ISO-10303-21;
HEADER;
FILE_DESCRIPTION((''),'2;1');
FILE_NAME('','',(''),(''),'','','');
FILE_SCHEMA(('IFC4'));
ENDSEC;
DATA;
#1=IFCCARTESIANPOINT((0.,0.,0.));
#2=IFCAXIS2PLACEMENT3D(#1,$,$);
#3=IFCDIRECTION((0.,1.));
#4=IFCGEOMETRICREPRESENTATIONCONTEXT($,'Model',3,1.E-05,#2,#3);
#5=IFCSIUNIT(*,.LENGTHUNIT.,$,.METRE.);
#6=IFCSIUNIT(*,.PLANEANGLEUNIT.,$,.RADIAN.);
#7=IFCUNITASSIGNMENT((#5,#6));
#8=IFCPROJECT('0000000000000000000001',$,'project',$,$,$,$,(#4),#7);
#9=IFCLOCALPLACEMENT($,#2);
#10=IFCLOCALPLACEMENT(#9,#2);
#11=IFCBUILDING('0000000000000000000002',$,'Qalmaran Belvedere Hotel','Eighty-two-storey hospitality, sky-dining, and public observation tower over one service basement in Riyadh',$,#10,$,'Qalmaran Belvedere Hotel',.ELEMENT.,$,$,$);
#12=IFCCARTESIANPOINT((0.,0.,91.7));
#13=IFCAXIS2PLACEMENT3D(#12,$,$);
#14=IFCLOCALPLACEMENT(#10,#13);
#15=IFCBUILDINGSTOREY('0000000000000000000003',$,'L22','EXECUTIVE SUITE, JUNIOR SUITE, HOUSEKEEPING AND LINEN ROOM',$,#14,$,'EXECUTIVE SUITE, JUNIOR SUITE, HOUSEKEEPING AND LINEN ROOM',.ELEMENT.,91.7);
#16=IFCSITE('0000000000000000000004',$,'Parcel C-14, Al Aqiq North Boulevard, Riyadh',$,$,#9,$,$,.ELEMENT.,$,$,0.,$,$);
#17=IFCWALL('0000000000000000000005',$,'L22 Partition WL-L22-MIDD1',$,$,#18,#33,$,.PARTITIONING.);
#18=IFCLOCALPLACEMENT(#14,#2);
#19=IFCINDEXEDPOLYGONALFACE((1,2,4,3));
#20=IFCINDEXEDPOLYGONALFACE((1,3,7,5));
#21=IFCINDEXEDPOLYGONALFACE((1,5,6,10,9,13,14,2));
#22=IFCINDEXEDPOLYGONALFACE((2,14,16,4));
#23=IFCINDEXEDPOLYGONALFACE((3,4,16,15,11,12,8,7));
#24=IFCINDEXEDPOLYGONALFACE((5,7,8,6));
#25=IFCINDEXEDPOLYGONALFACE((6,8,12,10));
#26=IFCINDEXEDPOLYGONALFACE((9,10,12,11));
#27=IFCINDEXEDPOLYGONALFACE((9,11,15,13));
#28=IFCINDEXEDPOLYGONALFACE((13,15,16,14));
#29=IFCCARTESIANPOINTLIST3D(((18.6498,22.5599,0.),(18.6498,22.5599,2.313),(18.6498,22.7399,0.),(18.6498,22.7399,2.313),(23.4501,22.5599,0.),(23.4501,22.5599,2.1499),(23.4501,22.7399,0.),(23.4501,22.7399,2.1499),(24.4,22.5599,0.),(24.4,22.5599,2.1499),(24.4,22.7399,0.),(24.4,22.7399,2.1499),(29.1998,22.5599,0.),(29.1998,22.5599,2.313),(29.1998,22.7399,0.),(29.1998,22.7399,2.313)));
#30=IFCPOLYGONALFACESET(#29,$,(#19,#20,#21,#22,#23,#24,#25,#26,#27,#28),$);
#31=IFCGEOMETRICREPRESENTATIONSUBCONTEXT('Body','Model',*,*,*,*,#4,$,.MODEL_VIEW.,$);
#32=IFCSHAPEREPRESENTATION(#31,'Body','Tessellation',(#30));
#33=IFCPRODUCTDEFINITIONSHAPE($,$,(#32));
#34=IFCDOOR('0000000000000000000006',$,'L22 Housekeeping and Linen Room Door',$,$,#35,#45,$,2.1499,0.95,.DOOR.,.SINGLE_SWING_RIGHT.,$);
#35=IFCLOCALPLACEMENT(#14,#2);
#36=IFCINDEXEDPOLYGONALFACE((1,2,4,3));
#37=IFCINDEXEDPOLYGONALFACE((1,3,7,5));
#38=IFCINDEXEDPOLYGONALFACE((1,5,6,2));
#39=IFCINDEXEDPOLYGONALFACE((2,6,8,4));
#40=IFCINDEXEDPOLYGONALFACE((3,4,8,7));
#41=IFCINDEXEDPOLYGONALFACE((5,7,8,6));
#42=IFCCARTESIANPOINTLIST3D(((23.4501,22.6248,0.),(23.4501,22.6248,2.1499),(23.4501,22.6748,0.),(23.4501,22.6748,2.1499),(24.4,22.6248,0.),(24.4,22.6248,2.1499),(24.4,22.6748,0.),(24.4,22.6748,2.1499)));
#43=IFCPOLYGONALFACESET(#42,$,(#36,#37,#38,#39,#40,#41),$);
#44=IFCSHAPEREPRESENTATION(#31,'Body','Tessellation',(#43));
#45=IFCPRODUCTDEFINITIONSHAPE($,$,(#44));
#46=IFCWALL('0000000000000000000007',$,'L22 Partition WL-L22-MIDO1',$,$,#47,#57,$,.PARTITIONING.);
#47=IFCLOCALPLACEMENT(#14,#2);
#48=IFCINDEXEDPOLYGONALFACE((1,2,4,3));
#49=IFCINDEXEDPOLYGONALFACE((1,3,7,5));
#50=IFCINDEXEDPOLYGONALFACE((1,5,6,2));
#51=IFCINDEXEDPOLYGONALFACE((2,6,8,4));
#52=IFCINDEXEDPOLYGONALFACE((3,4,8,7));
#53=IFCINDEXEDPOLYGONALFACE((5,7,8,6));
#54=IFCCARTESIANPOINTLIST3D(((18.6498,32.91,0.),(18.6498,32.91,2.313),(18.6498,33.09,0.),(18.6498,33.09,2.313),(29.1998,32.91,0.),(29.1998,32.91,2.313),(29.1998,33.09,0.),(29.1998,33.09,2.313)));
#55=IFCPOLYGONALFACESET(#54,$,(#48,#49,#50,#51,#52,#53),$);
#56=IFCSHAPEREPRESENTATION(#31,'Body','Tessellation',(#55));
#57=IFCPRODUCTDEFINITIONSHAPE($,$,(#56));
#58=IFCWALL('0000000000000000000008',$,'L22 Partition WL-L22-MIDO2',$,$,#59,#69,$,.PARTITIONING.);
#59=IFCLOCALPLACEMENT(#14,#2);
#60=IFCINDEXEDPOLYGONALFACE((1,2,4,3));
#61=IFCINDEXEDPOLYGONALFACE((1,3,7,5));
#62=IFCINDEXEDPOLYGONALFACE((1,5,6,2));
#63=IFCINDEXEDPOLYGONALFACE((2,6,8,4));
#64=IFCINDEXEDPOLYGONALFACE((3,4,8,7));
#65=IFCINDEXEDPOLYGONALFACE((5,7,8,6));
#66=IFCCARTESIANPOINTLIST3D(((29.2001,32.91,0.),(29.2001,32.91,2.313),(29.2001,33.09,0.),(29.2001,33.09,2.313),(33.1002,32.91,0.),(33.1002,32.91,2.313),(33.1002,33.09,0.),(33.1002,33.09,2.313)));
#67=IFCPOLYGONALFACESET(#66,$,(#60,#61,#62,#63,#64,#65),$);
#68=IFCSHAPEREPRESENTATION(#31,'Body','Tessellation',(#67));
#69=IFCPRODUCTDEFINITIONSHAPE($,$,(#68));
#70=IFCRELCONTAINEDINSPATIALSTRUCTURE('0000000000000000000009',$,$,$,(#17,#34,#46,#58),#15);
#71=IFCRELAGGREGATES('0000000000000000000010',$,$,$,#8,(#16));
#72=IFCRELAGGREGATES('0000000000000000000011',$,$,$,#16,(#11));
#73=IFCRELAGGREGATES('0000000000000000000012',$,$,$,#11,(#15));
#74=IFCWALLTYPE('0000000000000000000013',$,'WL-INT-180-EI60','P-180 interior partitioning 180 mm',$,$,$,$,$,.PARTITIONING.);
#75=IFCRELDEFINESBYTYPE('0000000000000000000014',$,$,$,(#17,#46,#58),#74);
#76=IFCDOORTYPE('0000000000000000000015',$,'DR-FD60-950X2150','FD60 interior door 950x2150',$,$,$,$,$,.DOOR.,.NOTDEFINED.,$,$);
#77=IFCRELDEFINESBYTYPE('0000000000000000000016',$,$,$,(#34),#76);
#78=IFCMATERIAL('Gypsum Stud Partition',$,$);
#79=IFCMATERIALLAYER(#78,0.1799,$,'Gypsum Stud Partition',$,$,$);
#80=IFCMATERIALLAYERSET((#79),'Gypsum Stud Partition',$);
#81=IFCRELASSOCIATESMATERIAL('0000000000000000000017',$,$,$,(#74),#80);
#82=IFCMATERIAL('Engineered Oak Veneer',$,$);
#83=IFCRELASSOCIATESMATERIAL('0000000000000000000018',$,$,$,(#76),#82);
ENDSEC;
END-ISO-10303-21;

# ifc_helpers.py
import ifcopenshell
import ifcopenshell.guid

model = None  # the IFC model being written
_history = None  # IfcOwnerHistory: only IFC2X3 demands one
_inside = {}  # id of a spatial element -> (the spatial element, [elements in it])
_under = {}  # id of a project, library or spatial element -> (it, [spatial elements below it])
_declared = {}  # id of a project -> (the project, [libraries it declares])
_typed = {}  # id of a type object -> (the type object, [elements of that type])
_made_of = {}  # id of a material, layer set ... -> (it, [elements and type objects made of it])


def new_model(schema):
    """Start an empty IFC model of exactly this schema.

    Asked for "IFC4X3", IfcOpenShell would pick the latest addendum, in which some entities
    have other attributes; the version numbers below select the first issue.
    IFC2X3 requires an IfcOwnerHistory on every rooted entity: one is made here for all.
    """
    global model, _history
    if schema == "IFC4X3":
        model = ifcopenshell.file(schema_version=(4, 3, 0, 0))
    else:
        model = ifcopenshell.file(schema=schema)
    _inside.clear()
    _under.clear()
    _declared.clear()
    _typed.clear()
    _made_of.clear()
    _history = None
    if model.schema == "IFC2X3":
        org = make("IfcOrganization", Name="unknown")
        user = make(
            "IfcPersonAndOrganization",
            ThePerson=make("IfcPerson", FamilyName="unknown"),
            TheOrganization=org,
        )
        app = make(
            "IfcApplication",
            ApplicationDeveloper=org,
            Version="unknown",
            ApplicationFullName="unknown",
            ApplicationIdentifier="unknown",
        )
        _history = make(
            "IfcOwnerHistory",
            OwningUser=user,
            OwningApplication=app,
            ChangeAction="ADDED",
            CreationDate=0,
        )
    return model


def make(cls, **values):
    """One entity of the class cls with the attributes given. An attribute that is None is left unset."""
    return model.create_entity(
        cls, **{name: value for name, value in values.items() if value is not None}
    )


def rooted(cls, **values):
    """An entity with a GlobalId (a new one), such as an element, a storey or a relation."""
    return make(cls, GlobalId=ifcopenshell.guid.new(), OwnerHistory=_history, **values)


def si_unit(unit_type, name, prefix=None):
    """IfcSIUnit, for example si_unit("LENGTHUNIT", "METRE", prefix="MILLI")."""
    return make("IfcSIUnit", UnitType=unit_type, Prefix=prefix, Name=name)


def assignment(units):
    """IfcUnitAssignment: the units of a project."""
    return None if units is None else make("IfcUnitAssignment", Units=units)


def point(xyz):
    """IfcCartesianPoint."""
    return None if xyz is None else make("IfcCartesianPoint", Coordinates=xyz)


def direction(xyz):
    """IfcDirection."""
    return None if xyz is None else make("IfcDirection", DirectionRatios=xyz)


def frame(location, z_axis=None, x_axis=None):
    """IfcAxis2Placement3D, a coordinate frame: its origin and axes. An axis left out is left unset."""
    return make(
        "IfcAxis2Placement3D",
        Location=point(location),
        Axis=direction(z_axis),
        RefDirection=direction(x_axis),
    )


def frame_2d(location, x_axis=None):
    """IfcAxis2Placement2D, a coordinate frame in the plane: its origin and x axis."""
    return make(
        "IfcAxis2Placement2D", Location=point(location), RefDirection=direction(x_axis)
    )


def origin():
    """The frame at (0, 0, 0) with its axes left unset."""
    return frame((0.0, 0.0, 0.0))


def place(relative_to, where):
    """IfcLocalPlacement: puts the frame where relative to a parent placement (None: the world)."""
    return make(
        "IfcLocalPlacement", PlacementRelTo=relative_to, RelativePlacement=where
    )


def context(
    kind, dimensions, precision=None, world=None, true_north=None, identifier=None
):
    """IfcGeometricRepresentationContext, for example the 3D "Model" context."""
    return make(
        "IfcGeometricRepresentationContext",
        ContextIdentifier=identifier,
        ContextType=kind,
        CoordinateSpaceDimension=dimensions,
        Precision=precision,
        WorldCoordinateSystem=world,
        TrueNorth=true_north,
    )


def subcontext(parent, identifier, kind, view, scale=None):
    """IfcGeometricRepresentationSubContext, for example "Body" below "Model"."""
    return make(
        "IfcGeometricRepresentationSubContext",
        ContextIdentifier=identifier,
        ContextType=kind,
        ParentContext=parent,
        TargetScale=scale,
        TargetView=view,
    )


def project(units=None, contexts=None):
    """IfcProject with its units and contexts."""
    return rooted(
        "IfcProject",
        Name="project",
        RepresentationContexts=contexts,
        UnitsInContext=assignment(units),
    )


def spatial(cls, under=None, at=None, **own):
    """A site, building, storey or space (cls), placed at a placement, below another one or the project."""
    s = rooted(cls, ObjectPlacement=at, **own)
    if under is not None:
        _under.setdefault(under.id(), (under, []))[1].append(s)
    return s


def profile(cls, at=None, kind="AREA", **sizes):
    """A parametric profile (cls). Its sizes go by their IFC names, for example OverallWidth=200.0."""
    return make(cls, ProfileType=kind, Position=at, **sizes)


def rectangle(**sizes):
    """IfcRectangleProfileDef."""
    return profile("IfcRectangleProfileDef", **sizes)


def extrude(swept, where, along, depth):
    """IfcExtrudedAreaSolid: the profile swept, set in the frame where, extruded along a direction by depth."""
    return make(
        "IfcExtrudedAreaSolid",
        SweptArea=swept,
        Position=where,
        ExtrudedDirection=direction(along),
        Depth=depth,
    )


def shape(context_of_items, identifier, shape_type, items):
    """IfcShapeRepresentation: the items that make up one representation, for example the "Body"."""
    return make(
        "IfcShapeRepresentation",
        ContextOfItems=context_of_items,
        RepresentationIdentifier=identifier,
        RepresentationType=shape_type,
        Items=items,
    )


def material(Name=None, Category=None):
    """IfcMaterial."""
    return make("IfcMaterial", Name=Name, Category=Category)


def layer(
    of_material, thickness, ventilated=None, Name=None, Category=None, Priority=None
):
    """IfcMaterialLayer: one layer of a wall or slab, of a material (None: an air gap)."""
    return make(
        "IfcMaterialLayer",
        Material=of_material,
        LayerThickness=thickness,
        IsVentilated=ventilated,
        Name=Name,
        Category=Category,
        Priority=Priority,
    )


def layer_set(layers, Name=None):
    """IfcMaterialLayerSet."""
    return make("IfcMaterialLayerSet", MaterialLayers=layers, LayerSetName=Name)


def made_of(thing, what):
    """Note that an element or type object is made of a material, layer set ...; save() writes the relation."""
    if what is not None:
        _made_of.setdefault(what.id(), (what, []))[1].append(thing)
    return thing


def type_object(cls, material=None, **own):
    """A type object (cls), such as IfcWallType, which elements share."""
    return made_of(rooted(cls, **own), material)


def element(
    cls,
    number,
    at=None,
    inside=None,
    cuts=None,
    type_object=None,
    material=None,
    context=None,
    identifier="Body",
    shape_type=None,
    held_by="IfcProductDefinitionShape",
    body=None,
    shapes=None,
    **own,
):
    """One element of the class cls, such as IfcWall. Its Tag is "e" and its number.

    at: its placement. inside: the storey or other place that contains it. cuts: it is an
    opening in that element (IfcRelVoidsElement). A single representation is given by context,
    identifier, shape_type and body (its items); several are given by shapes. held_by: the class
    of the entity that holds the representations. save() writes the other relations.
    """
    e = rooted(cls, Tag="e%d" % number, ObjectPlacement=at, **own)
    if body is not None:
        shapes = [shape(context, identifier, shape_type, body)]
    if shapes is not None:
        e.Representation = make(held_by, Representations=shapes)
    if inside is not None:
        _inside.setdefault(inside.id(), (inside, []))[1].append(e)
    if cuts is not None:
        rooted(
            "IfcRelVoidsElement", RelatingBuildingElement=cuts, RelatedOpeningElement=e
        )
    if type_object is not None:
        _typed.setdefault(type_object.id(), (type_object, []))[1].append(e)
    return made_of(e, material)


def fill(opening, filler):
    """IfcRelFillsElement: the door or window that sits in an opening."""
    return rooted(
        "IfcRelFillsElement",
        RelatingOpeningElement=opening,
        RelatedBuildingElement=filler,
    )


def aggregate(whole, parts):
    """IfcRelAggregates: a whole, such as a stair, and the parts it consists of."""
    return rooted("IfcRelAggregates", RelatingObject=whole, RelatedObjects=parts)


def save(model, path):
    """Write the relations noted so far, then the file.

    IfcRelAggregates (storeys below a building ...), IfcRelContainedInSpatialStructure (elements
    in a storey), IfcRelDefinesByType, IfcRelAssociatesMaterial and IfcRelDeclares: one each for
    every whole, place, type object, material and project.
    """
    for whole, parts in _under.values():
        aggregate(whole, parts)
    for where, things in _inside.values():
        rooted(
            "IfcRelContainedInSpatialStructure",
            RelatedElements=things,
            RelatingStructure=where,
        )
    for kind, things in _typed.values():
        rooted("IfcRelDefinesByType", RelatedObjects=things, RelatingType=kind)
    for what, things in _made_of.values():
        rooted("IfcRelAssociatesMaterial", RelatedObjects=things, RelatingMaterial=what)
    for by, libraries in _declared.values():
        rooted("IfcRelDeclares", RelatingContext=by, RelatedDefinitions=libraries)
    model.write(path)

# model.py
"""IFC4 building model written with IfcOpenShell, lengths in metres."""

from ifc_helpers import new_model, si_unit, direction, frame, frame_2d, origin, place, context, subcontext, project, spatial, rectangle, extrude, material, layer, layer_set, type_object, element, fill, save


model = new_model("IFC4")

# Units and contexts
model_context = context("Model", 3, precision=1e-05, world=origin(), true_north=direction((0.0, 1.0)))
body_context = subcontext(model_context, "Body", "Model", "MODEL_VIEW")
ifc_project = project(units=[si_unit("LENGTHUNIT", "METRE"), si_unit("PLANEANGLEUNIT", "RADIAN")], contexts=[model_context])

# Site, building, storey
site_placement = place(None, origin())
site = spatial("IfcSite", under=ifc_project, at=site_placement, Name="Parcel C-14, Al Aqiq North Boulevard, Riyadh", CompositionType="ELEMENT", RefElevation=0.0)
building_placement = place(site_placement, origin())
building = spatial("IfcBuilding", under=site, at=building_placement, Name="Qalmaran Belvedere Hotel", Description="Eighty-two-storey hospitality, sky-dining, and public observation tower over one service basement in Riyadh", LongName="Qalmaran Belvedere Hotel", CompositionType="ELEMENT")
storey_placement = place(building_placement, frame((0.0, 0.0, 91.7)))
storey = spatial("IfcBuildingStorey", under=building, at=storey_placement, Name="L22", Description="EXECUTIVE SUITE, JUNIOR SUITE, HOUSEKEEPING AND LINEN ROOM", LongName="EXECUTIVE SUITE, JUNIOR SUITE, HOUSEKEEPING AND LINEN ROOM", CompositionType="ELEMENT", Elevation=91.7)

# Shared definitions
ifc_material_1 = material(Name="Gypsum Stud Partition")

# Wall, opening, door
ifc_layer_1 = layer(ifc_material_1, 0.1799, Name="Gypsum Stud Partition")
ifc_layer_set_1 = layer_set([ifc_layer_1], Name="Gypsum Stud Partition")
wall_type_1 = type_object("IfcWallType", Name="WL-INT-180-EI60", Description="P-180 interior partitioning 180 mm", PredefinedType="PARTITIONING", material=ifc_layer_set_1)
wall_1_placement = place(storey_placement, frame((18.6499, 22.6499, 0.0), z_axis=(0.0, 0.0, 1.0), x_axis=(1.0, 0.0, 0.0)))
wall_1 = element("IfcWall", 1, at=wall_1_placement, inside=storey, type_object=wall_type_1, Name="L22 Partition WL-L22-MIDD1", PredefinedType="PARTITIONING", context=body_context, shape_type="SweptSolid", body=[
    extrude(rectangle(XDim=10.55, YDim=0.1799, at=frame_2d((5.2749, 0.0))), origin(), (0.0, 0.0, 1.0), 2.313),
])
opening_1_placement = place(wall_1_placement, frame((4.8, 0.0, 0.0)))
opening_1 = element("IfcOpeningElement", 2, at=opening_1_placement, cuts=wall_1, PredefinedType="OPENING", context=body_context, shape_type="SweptSolid", body=[
    extrude(rectangle(XDim=0.95, YDim=2.1499, at=frame_2d((0.4751, 1.075))), frame((0.0, 0.1001, 0.0), z_axis=(0.0, -1.0, 0.0), x_axis=(1.0, 0.0, 0.0)), (0.0, 0.0, 1.0), 0.2),
])
ifc_material_2 = material(Name="Engineered Oak Veneer")
door_type_1 = type_object("IfcDoorType", Name="DR-FD60-950X2150", Description="FD60 interior door 950x2150", OperationType="NOTDEFINED", PredefinedType="DOOR", material=ifc_material_2)
door_1_placement = place(opening_1_placement, origin())
door_1 = element("IfcDoor", 3, at=door_1_placement, inside=storey, type_object=door_type_1, Name="L22 Housekeeping and Linen Room Door", OperationType="SINGLE_SWING_RIGHT", OverallHeight=2.1499, OverallWidth=0.95, PredefinedType="DOOR", context=body_context, shape_type="SweptSolid", body=[
    extrude(rectangle(XDim=0.95, YDim=2.1499, at=frame_2d((0.4751, 1.075))), frame((0.0, 0.0249, 0.0), z_axis=(0.0, -1.0, 0.0), x_axis=(1.0, 0.0, 0.0)), (0.0, 0.0, 1.0), 0.05),
])
fill(opening_1, door_1)

# Wall
wall_2_placement = place(storey_placement, frame((18.6499, 33.0, 0.0), z_axis=(0.0, 0.0, 1.0), x_axis=(1.0, 0.0, 0.0)))
element("IfcWall", 4, at=wall_2_placement, inside=storey, type_object=wall_type_1, Name="L22 Partition WL-L22-MIDO1", PredefinedType="PARTITIONING", context=body_context, shape_type="SweptSolid", body=[
    extrude(rectangle(XDim=10.55, YDim=0.1799, at=frame_2d((5.2749, 0.0))), origin(), (0.0, 0.0, 1.0), 2.313),
])

# Wall
wall_3_placement = place(storey_placement, frame((29.2, 33.0, 0.0), z_axis=(0.0, 0.0, 1.0), x_axis=(1.0, 0.0, 0.0)))
element("IfcWall", 5, at=wall_3_placement, inside=storey, type_object=wall_type_1, Name="L22 Partition WL-L22-MIDO2", PredefinedType="PARTITIONING", context=body_context, shape_type="SweptSolid", body=[
    extrude(rectangle(XDim=3.9001, YDim=0.1799, at=frame_2d((1.9502, 0.0))), origin(), (0.0, 0.0, 1.0), 2.313),
])

save(model, "model.ifc")
